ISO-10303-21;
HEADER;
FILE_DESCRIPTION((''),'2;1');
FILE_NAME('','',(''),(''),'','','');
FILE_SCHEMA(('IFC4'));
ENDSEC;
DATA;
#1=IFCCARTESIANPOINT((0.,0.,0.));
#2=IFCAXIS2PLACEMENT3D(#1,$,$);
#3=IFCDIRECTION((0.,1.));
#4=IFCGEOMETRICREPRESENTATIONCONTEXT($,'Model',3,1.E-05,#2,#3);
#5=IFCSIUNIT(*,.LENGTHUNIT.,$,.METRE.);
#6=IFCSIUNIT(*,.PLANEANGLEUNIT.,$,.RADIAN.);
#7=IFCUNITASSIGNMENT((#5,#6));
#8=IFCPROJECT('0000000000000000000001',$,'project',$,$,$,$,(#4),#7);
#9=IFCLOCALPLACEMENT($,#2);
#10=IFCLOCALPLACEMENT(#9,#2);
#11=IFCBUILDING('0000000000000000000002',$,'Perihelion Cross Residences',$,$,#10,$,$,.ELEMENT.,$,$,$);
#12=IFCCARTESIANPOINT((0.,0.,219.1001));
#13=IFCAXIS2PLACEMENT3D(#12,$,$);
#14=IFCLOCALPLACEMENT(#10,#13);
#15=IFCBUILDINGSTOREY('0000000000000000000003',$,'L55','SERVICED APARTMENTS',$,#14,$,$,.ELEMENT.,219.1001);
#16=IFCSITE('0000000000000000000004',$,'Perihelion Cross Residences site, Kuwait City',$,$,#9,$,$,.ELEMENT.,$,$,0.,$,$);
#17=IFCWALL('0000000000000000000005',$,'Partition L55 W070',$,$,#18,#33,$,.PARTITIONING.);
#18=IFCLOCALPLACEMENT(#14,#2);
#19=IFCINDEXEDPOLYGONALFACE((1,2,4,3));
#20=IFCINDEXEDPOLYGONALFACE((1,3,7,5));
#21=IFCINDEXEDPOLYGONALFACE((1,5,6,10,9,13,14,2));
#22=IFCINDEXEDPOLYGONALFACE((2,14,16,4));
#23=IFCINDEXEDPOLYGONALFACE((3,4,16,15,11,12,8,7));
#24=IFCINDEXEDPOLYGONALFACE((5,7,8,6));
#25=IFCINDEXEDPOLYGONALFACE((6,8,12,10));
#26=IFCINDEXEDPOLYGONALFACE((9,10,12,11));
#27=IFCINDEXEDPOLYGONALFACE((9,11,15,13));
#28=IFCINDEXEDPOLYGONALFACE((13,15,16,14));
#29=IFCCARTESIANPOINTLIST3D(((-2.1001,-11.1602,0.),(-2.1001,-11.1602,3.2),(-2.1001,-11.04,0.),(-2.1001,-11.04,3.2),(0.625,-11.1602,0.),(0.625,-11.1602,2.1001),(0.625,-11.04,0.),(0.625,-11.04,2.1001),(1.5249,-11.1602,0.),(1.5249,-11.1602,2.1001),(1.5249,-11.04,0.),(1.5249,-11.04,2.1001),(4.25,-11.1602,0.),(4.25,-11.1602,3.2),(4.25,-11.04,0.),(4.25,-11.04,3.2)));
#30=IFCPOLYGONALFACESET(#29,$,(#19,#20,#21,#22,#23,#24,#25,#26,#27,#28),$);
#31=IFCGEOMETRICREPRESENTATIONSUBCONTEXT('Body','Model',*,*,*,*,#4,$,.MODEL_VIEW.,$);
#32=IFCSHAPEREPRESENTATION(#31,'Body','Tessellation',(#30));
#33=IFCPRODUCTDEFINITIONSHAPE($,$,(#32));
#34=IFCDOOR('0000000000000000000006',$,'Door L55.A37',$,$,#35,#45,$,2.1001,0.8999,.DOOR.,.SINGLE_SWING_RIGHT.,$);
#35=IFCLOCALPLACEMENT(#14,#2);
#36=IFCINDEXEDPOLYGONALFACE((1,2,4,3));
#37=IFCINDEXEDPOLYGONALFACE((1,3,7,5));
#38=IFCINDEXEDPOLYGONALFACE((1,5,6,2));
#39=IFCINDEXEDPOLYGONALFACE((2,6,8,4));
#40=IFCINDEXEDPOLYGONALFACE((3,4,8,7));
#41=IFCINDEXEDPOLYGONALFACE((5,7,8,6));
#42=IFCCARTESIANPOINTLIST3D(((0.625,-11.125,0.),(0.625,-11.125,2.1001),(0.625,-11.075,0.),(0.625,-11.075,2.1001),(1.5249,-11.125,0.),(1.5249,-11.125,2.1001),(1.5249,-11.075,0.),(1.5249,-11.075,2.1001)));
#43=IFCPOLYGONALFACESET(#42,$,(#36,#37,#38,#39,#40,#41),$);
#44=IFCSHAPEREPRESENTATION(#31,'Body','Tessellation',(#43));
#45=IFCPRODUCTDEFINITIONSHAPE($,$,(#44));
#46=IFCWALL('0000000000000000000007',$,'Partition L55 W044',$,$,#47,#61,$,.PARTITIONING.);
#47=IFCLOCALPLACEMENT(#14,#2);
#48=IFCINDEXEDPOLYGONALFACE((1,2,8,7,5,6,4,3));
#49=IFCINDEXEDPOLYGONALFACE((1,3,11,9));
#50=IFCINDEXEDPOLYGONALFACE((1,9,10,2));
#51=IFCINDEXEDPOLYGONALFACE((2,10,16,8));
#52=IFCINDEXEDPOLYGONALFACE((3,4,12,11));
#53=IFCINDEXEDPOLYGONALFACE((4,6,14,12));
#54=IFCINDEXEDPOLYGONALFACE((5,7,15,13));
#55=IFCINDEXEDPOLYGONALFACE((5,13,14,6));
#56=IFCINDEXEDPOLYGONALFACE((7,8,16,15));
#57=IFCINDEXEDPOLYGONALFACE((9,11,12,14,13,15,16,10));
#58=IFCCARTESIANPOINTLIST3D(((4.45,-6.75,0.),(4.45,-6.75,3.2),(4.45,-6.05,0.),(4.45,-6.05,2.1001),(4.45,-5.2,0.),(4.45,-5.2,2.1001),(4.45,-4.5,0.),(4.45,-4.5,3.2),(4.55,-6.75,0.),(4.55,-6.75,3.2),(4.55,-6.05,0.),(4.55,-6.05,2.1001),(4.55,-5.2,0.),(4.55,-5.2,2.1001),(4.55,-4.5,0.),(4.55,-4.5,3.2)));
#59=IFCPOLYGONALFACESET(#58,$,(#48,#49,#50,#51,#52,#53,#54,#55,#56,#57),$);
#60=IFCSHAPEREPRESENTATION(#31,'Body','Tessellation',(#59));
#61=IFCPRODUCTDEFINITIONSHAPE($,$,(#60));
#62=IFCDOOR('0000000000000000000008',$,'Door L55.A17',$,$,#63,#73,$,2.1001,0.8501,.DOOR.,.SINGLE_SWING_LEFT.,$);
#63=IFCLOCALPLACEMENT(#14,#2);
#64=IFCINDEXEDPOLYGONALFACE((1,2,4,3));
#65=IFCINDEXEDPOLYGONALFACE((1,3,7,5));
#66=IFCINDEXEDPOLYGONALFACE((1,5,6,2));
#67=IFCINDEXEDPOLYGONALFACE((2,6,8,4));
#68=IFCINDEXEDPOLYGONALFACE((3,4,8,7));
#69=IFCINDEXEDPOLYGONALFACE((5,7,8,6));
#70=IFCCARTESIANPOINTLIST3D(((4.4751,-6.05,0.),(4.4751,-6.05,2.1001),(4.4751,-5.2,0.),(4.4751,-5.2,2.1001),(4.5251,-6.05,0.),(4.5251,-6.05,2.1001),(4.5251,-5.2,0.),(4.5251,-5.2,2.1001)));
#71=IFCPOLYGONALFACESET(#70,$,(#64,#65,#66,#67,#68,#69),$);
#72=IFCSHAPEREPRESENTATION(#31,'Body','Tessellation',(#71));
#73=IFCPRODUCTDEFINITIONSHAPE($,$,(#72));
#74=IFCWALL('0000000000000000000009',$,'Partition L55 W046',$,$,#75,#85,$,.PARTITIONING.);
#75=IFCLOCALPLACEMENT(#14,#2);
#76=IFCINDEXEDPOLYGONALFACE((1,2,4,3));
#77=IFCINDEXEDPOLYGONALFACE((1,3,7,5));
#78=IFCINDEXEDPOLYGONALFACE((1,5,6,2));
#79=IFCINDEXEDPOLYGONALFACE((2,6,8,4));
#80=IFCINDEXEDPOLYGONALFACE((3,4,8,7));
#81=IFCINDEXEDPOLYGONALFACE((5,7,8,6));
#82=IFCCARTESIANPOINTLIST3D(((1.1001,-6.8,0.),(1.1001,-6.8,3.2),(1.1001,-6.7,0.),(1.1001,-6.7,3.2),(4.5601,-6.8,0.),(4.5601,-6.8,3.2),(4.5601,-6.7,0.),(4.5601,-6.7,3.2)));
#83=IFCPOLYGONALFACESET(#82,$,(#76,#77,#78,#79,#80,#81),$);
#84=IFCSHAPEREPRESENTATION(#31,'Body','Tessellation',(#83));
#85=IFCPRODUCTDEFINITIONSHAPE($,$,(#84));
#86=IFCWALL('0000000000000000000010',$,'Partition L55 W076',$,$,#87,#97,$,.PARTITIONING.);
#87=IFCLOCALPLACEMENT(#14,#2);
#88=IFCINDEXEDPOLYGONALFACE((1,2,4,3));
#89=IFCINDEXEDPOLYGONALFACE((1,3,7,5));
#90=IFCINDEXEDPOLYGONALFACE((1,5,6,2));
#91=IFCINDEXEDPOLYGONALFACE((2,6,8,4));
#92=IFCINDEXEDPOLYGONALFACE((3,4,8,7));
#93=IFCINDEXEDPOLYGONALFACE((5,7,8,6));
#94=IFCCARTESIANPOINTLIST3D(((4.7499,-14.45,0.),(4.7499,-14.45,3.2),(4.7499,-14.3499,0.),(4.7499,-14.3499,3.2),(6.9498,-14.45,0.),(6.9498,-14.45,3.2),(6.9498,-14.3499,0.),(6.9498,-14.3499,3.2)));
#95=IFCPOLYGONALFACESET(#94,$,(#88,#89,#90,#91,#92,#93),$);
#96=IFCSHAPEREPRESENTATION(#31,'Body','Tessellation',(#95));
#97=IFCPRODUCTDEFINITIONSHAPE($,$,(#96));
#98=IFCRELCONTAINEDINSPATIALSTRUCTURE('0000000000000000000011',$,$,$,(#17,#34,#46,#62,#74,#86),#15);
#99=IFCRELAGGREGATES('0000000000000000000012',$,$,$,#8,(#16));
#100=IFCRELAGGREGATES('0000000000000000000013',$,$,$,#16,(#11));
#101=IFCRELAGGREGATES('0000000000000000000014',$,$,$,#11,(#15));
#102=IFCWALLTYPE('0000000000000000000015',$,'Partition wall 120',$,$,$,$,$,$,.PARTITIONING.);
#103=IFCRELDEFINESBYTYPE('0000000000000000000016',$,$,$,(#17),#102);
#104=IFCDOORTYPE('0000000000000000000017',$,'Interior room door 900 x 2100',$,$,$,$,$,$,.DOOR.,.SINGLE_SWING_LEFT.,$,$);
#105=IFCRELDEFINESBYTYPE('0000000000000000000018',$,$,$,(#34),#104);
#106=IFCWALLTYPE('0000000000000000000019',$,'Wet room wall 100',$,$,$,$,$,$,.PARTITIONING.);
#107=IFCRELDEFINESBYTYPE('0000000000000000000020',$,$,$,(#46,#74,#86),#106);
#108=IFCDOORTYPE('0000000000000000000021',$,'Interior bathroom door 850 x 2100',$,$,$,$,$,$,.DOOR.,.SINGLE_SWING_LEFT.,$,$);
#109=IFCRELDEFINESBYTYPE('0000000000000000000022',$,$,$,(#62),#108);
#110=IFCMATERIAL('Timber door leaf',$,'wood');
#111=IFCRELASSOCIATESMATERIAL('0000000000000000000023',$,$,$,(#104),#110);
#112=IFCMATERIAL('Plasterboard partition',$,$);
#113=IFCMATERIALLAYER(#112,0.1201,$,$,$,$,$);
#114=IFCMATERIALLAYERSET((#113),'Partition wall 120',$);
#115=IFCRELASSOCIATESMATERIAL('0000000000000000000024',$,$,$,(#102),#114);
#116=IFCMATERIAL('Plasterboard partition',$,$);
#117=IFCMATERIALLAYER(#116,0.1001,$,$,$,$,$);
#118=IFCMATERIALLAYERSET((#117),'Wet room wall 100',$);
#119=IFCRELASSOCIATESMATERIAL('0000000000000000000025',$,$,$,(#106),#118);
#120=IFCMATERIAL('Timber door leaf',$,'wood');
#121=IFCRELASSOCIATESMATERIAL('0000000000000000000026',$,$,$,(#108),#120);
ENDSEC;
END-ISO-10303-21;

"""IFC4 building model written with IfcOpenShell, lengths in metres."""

from ifc_helpers import new_model, si_unit, direction, frame, frame_2d, origin, place, context, subcontext, project, spatial, rectangle, extrude, material, layer, layer_set, type_object, element, fill, save


model = new_model("IFC4")

# Units and contexts
model_context = context("Model", 3, precision=1e-05, world=origin(), true_north=direction((0.0, 1.0)))
body_context = subcontext(model_context, "Body", "Model", "MODEL_VIEW")
ifc_project = project(units=[si_unit("LENGTHUNIT", "METRE"), si_unit("PLANEANGLEUNIT", "RADIAN")], contexts=[model_context])

# Site, building, storey
site_placement = place(None, origin())
site = spatial("IfcSite", under=ifc_project, at=site_placement, Name="Perihelion Cross Residences site, Kuwait City", CompositionType="ELEMENT", RefElevation=0.0)
building_placement = place(site_placement, origin())
building = spatial("IfcBuilding", under=site, at=building_placement, Name="Perihelion Cross Residences", CompositionType="ELEMENT")
storey_placement = place(building_placement, frame((0.0, 0.0, 219.1001)))
storey = spatial("IfcBuildingStorey", under=building, at=storey_placement, Name="L55", Description="SERVICED APARTMENTS", CompositionType="ELEMENT", Elevation=219.1001)

# Shared definitions
ifc_material_1 = material(Name="Timber door leaf", Category="wood")
door_type_1 = type_object("IfcDoorType", Name="Interior room door 900 x 2100", OperationType="SINGLE_SWING_LEFT", PredefinedType="DOOR", material=ifc_material_1)

# Shared definitions
ifc_material_2 = material(Name="Plasterboard partition")
ifc_layer_1 = layer(ifc_material_2, 0.1201)
ifc_layer_set_1 = layer_set([ifc_layer_1], Name="Partition wall 120")
wall_type_1 = type_object("IfcWallType", Name="Partition wall 120", PredefinedType="PARTITIONING", material=ifc_layer_set_1)

# Walls, openings, doors
wall_1_placement = place(storey_placement, frame((4.25, -11.1001, 0.0), z_axis=(0.0, 0.0, 1.0), x_axis=(-1.0, 0.0, 0.0)))
wall_1 = element("IfcWall", 1, at=wall_1_placement, inside=storey, type_object=wall_type_1, Name="Partition L55 W070", PredefinedType="PARTITIONING", context=body_context, shape_type="SweptSolid", body=[
    extrude(rectangle(XDim=6.3501, YDim=0.1201, at=frame_2d((3.175, 0.0))), origin(), (0.0, 0.0, 1.0), 3.2),
])
opening_1_placement = place(wall_1_placement, frame((2.7251, 0.0, 0.0)))
opening_1 = element("IfcOpeningElement", 2, at=opening_1_placement, cuts=wall_1, PredefinedType="OPENING", context=body_context, shape_type="SweptSolid", body=[
    extrude(rectangle(XDim=0.8999, YDim=2.1001, at=frame_2d((0.45, 1.05))), frame((0.0, 0.0701, 0.0), z_axis=(0.0, -1.0, 0.0), x_axis=(1.0, 0.0, 0.0)), (0.0, 0.0, 1.0), 0.1401),
])
door_1_placement = place(opening_1_placement, origin())
door_1 = element("IfcDoor", 3, at=door_1_placement, inside=storey, type_object=door_type_1, Name="Door L55.A37", OperationType="SINGLE_SWING_RIGHT", OverallHeight=2.1001, OverallWidth=0.8999, PredefinedType="DOOR", context=body_context, shape_type="SweptSolid", body=[
    extrude(rectangle(XDim=0.8999, YDim=2.1001, at=frame_2d((0.45, 1.05))), frame((0.0, 0.0249, 0.0), z_axis=(0.0, -1.0, 0.0), x_axis=(1.0, 0.0, 0.0)), (0.0, 0.0, 1.0), 0.05),
])
fill(opening_1, door_1)
ifc_material_3 = material(Name="Plasterboard partition")
ifc_layer_2 = layer(ifc_material_3, 0.1001)
ifc_layer_set_2 = layer_set([ifc_layer_2], Name="Wet room wall 100")
wall_type_2 = type_object("IfcWallType", Name="Wet room wall 100", PredefinedType="PARTITIONING", material=ifc_layer_set_2)
wall_2_placement = place(storey_placement, frame((4.5, -6.75, 0.0), z_axis=(0.0, 0.0, 1.0), x_axis=(0.0, 1.0, 0.0)))
wall_2 = element("IfcWall", 4, at=wall_2_placement, inside=storey, type_object=wall_type_2, Name="Partition L55 W044", PredefinedType="PARTITIONING", context=body_context, shape_type="SweptSolid", body=[
    extrude(rectangle(XDim=2.25, YDim=0.1001, at=frame_2d((1.125, 0.0))), origin(), (0.0, 0.0, 1.0), 3.2),
])
opening_2_placement = place(wall_2_placement, frame((0.7, 0.0, 0.0)))
opening_2 = element("IfcOpeningElement", 5, at=opening_2_placement, cuts=wall_2, PredefinedType="OPENING", context=body_context, shape_type="SweptSolid", body=[
    extrude(rectangle(XDim=0.8501, YDim=2.1001, at=frame_2d((0.425, 1.05))), frame((0.0, 0.0601, 0.0), z_axis=(0.0, -1.0, 0.0), x_axis=(1.0, 0.0, 0.0)), (0.0, 0.0, 1.0), 0.1201),
])
ifc_material_4 = material(Name="Timber door leaf", Category="wood")
door_type_2 = type_object("IfcDoorType", Name="Interior bathroom door 850 x 2100", OperationType="SINGLE_SWING_LEFT", PredefinedType="DOOR", material=ifc_material_4)
door_2_placement = place(opening_2_placement, origin())
door_2 = element("IfcDoor", 6, at=door_2_placement, inside=storey, type_object=door_type_2, Name="Door L55.A17", OperationType="SINGLE_SWING_LEFT", OverallHeight=2.1001, OverallWidth=0.8501, PredefinedType="DOOR", context=body_context, shape_type="SweptSolid", body=[
    extrude(rectangle(XDim=0.8501, YDim=2.1001, at=frame_2d((0.425, 1.05))), frame((0.0, 0.0249, 0.0), z_axis=(0.0, -1.0, 0.0), x_axis=(1.0, 0.0, 0.0)), (0.0, 0.0, 1.0), 0.05),
])
fill(opening_2, door_2)

# Walls
wall_3_placement = place(storey_placement, frame((4.5601, -6.75, 0.0), z_axis=(0.0, 0.0, 1.0), x_axis=(-1.0, 0.0, 0.0)))
element("IfcWall", 7, at=wall_3_placement, inside=storey, type_object=wall_type_2, Name="Partition L55 W046", PredefinedType="PARTITIONING", context=body_context, shape_type="SweptSolid", body=[
    extrude(rectangle(XDim=3.46, YDim=0.1001, at=frame_2d((1.73, 0.0))), origin(), (0.0, 0.0, 1.0), 3.2),
])
wall_4_placement = place(storey_placement, frame((6.95, -14.3999, 0.0), z_axis=(0.0, 0.0, 1.0), x_axis=(-1.0, 0.0, 0.0)))
element("IfcWall", 8, at=wall_4_placement, inside=storey, type_object=wall_type_2, Name="Partition L55 W076", PredefinedType="PARTITIONING", context=body_context, shape_type="SweptSolid", body=[
    extrude(rectangle(XDim=2.2, YDim=0.1001, at=frame_2d((1.1001, 0.0))), origin(), (0.0, 0.0, 1.0), 3.2),
])

save(model, "model.ifc")
